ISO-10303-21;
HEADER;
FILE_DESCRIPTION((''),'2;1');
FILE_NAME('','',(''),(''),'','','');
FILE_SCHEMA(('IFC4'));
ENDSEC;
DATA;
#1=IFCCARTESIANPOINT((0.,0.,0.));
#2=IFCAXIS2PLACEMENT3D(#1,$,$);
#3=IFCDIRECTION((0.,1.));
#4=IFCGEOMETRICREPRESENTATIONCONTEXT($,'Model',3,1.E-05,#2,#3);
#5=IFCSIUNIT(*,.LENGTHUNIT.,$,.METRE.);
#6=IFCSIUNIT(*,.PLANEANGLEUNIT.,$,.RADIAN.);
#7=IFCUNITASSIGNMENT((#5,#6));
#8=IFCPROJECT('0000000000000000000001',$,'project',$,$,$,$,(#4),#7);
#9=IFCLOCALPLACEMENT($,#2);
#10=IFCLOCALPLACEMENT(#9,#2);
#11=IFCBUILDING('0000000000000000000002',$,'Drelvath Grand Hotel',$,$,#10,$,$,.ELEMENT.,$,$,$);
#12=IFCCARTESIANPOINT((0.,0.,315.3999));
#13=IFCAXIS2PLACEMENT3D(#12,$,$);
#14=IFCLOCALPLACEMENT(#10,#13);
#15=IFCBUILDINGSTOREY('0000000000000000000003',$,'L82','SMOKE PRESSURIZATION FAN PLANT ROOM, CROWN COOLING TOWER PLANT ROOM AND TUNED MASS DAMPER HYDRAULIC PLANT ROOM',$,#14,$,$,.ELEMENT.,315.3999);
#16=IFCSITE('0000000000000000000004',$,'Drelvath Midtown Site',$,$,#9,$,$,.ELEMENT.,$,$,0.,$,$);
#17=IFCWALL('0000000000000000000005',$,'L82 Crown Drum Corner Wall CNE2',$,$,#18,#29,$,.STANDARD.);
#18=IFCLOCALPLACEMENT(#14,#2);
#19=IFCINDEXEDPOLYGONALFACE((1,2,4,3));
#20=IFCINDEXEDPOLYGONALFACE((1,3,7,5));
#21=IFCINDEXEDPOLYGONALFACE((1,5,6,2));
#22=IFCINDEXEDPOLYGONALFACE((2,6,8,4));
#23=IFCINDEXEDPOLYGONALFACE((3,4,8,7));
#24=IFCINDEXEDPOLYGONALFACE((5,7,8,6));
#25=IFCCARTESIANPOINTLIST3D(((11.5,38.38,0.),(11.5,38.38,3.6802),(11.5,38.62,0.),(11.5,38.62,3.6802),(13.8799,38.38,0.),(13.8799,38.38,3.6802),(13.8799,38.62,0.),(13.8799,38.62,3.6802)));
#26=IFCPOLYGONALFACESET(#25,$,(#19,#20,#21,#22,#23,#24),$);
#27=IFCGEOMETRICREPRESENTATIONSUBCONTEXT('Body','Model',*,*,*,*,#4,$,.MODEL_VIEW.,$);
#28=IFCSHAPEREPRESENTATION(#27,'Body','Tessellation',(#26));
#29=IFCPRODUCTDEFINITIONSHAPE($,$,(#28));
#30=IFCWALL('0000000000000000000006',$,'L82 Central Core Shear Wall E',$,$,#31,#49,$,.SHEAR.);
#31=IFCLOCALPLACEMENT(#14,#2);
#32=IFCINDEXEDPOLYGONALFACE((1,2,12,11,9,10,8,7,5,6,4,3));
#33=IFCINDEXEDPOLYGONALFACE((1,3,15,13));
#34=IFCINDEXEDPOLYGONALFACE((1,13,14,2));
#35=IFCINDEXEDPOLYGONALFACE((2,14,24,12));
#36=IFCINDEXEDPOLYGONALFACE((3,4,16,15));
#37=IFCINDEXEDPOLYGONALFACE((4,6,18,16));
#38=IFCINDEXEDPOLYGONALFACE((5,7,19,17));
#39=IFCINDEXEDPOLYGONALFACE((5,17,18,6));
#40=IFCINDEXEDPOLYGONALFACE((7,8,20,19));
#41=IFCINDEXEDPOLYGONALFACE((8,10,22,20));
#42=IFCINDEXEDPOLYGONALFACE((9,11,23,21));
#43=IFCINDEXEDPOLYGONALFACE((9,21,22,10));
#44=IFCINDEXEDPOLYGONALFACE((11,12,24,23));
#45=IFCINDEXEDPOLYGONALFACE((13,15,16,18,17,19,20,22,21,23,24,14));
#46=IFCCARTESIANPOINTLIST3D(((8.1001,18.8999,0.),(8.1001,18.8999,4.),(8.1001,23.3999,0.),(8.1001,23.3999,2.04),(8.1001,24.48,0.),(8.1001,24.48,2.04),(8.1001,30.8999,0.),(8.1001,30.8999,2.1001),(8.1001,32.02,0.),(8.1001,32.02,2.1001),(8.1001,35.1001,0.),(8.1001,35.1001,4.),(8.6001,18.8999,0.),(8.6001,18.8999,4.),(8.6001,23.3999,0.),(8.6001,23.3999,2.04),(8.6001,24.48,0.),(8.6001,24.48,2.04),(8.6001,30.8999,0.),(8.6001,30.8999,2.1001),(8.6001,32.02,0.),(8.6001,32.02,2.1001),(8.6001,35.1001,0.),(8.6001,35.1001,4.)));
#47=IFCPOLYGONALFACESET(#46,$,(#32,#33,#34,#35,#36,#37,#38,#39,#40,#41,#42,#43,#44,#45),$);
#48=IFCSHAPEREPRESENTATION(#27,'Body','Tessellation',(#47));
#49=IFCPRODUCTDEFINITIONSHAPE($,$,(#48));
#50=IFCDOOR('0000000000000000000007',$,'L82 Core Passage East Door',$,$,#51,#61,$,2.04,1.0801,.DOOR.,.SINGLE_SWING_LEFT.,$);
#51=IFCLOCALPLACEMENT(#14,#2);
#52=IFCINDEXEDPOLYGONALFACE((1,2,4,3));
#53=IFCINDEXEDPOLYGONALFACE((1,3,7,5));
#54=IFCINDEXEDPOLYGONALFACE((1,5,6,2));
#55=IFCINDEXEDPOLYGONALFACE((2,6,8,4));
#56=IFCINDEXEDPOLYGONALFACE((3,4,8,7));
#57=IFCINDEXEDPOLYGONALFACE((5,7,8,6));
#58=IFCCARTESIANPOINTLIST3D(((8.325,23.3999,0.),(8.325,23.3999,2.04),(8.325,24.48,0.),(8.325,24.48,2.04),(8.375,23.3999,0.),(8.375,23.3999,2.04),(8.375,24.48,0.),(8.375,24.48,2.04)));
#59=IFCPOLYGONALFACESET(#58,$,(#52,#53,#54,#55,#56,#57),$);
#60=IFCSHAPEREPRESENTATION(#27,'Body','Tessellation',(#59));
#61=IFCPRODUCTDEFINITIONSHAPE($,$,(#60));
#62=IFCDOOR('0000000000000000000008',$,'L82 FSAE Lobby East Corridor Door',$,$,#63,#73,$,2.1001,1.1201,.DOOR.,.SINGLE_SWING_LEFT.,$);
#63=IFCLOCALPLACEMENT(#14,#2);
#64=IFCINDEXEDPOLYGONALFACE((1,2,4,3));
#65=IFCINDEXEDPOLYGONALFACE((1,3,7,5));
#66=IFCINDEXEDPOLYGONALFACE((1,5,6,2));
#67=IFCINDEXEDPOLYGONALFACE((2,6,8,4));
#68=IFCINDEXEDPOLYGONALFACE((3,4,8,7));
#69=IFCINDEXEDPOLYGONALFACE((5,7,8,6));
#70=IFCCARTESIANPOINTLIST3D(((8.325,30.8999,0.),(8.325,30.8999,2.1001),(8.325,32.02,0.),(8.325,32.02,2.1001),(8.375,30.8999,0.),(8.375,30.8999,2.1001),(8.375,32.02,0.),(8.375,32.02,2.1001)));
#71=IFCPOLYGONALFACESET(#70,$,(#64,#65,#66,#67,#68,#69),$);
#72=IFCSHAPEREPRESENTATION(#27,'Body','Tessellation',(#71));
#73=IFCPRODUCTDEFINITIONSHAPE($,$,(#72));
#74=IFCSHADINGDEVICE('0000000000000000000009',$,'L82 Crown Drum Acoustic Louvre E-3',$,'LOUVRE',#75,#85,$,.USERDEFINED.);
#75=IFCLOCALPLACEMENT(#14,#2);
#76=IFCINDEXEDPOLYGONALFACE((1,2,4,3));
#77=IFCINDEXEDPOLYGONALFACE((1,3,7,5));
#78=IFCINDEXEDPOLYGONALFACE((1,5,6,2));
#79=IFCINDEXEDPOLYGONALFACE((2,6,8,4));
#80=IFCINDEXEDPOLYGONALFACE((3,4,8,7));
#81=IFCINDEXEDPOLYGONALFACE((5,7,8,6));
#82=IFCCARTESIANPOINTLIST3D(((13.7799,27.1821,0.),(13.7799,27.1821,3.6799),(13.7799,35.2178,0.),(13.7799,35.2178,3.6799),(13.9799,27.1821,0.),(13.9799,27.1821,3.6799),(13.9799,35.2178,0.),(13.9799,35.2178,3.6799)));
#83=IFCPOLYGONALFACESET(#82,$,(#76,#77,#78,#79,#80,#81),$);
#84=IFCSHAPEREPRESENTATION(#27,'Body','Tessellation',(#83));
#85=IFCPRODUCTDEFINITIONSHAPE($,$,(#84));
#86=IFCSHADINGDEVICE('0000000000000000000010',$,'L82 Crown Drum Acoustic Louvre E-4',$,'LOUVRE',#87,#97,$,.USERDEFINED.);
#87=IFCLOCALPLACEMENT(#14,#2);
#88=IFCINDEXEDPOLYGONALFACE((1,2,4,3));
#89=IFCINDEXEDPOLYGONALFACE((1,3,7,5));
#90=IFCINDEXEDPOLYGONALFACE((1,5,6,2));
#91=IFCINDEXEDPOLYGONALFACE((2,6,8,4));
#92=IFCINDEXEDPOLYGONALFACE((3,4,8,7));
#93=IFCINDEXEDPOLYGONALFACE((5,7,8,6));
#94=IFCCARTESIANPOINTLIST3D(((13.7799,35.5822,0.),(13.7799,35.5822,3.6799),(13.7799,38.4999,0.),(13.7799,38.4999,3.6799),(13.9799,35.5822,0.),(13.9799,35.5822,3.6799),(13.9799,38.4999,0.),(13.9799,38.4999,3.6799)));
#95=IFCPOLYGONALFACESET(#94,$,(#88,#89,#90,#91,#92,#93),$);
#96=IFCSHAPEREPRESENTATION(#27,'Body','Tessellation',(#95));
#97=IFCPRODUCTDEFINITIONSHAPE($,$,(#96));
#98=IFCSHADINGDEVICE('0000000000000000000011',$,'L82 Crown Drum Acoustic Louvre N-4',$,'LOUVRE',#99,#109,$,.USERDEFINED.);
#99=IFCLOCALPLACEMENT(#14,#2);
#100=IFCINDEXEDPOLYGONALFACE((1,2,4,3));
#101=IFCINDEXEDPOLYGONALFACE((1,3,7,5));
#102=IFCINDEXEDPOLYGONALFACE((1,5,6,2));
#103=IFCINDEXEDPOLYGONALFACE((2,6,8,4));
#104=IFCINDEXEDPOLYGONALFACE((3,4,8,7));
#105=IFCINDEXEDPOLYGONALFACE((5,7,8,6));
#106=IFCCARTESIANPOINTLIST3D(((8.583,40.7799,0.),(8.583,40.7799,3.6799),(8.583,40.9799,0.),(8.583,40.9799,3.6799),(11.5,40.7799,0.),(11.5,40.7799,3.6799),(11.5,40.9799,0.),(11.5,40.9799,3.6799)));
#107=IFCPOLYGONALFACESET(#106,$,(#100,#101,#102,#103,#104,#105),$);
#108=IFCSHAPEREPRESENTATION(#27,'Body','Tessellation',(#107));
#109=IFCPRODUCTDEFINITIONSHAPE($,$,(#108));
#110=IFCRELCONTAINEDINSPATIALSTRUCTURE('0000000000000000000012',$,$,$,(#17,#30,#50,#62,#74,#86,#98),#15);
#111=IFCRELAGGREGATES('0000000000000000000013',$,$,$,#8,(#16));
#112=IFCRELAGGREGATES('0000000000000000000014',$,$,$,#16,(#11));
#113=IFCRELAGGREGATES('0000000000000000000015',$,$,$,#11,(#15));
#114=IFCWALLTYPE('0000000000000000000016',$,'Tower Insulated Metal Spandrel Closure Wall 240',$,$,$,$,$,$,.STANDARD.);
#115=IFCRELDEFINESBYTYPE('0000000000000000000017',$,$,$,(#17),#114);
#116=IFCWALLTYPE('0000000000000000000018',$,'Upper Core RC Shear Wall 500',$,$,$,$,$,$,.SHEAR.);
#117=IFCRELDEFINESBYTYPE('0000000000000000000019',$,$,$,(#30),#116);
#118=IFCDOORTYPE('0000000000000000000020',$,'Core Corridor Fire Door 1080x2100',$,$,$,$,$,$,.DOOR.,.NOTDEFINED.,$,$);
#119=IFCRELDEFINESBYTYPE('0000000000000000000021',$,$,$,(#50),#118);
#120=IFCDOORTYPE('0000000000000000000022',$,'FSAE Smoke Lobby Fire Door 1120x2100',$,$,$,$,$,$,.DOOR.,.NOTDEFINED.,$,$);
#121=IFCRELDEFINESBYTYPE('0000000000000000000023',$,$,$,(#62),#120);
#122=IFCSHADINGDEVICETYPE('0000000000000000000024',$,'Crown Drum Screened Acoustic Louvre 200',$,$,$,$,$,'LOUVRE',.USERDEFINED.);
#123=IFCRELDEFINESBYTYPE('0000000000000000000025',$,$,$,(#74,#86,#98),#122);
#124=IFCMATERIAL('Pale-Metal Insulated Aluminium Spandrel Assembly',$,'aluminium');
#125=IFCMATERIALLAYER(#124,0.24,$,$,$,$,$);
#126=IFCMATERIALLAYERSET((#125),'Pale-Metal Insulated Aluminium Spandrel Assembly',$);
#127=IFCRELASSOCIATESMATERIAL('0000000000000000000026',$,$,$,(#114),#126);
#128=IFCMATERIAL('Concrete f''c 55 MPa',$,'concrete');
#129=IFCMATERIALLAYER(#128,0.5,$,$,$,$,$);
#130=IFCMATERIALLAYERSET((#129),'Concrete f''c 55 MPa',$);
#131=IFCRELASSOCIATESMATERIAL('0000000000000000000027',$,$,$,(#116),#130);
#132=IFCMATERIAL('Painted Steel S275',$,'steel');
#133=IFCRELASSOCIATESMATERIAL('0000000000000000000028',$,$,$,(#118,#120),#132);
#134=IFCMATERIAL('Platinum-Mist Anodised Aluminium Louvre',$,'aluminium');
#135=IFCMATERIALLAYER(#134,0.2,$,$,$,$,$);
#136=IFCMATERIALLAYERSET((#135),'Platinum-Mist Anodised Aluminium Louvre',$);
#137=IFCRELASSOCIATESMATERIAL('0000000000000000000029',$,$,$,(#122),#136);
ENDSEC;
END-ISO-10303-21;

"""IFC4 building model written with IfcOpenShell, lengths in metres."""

from ifc_helpers import new_model, si_unit, direction, frame, frame_2d, origin, origin_2d, place, context, subcontext, project, spatial, rectangle, extrude, material, layer, layer_set, type_object, element, fill, save


model = new_model("IFC4")

# Units and contexts
model_context = context("Model", 3, precision=1e-05, world=origin(), true_north=direction((0.0, 1.0)))
body_context = subcontext(model_context, "Body", "Model", "MODEL_VIEW")
ifc_project = project(units=[si_unit("LENGTHUNIT", "METRE"), si_unit("PLANEANGLEUNIT", "RADIAN")], contexts=[model_context])

# Site, building, storey
site_placement = place(None, origin())
site = spatial("IfcSite", under=ifc_project, at=site_placement, Name="Drelvath Midtown Site", CompositionType="ELEMENT", RefElevation=0.0)
building_placement = place(site_placement, origin())
building = spatial("IfcBuilding", under=site, at=building_placement, Name="Drelvath Grand Hotel", CompositionType="ELEMENT")
storey_placement = place(building_placement, frame((0.0, 0.0, 315.3999)))
storey = spatial("IfcBuildingStorey", under=building, at=storey_placement, Name="L82", Description="SMOKE PRESSURIZATION FAN PLANT ROOM, CROWN COOLING TOWER PLANT ROOM AND TUNED MASS DAMPER HYDRAULIC PLANT ROOM", CompositionType="ELEMENT", Elevation=315.3999)

# Shared definitions
ifc_material_1 = material(Name="Concrete f'c 55 MPa", Category="concrete")

# Shared definitions
ifc_material_2 = material(Name="Painted Steel S275", Category="steel")

# Wall
ifc_material_3 = material(Name="Pale-Metal Insulated Aluminium Spandrel Assembly", Category="aluminium")
ifc_layer_1 = layer(ifc_material_3, 0.24)
ifc_layer_set_1 = layer_set([ifc_layer_1], Name="Pale-Metal Insulated Aluminium Spandrel Assembly")
wall_type_1 = type_object("IfcWallType", Name="Tower Insulated Metal Spandrel Closure Wall 240", PredefinedType="STANDARD", material=ifc_layer_set_1)
for number, where, z_axis, x_axis, name in (
    (1, (11.5, 38.5, 0.0), (0.0, 0.0, 1.0), (1.0, 0.0, 0.0), "L82 Crown Drum Corner Wall CNE2"),
):
    element("IfcWall", number, at=place(storey_placement, frame(where, z_axis=z_axis, x_axis=x_axis)), inside=storey, type_object=wall_type_1, Name=name, PredefinedType="STANDARD", context=body_context, shape_type="SweptSolid", body=[
        extrude(rectangle(XDim=2.3799, YDim=0.24, at=frame_2d((1.1899, 0.0))), origin(), (0.0, 0.0, 1.0), 3.6802),
    ])

# Wall, openings, doors
ifc_layer_2 = layer(ifc_material_1, 0.5)
ifc_layer_set_2 = layer_set([ifc_layer_2], Name="Concrete f'c 55 MPa")
wall_type_2 = type_object("IfcWallType", Name="Upper Core RC Shear Wall 500", PredefinedType="SHEAR", material=ifc_layer_set_2)
wall_1_placement = place(storey_placement, frame((8.3501, 35.1001, 0.0), z_axis=(0.0, 0.0, 1.0), x_axis=(0.0, -1.0, 0.0)))
wall_1 = element("IfcWall", 2, at=wall_1_placement, inside=storey, type_object=wall_type_2, Name="L82 Central Core Shear Wall E", PredefinedType="SHEAR", context=body_context, shape_type="SweptSolid", body=[
    extrude(rectangle(XDim=16.2002, YDim=0.5, at=frame_2d((8.1001, 0.0))), origin(), (0.0, 0.0, 1.0), 4.0),
])
opening_1_placement = place(wall_1_placement, frame((3.0801, 0.0, 0.0)))
opening_1 = element("IfcOpeningElement", 3, at=opening_1_placement, cuts=wall_1, PredefinedType="OPENING", context=body_context, shape_type="SweptSolid", body=[
    extrude(rectangle(XDim=1.1201, YDim=2.1001, at=frame_2d((0.5601, 1.05))), frame((0.0, 0.26, 0.0), z_axis=(0.0, -1.0, 0.0), x_axis=(1.0, 0.0, 0.0)), (0.0, 0.0, 1.0), 0.52),
])
opening_2_placement = place(wall_1_placement, frame((10.6201, 0.0, 0.0)))
opening_2 = element("IfcOpeningElement", 4, at=opening_2_placement, cuts=wall_1, PredefinedType="OPENING", context=body_context, shape_type="SweptSolid", body=[
    extrude(rectangle(XDim=1.0801, YDim=2.04, at=frame_2d((0.54, 1.02))), frame((0.0, 0.26, 0.0), z_axis=(0.0, -1.0, 0.0), x_axis=(1.0, 0.0, 0.0)), (0.0, 0.0, 1.0), 0.52),
])
door_type_1 = type_object("IfcDoorType", Name="Core Corridor Fire Door 1080x2100", OperationType="NOTDEFINED", PredefinedType="DOOR", material=ifc_material_2)
door_1_placement = place(opening_2_placement, origin())
door_1 = element("IfcDoor", 5, at=door_1_placement, inside=storey, type_object=door_type_1, Name="L82 Core Passage East Door", OperationType="SINGLE_SWING_LEFT", OverallHeight=2.04, OverallWidth=1.0801, PredefinedType="DOOR", context=body_context, shape_type="SweptSolid", body=[
    extrude(rectangle(XDim=1.0801, YDim=2.04, at=frame_2d((0.54, 1.02))), frame((0.0, 0.0249, 0.0), z_axis=(0.0, -1.0, 0.0), x_axis=(1.0, 0.0, 0.0)), (0.0, 0.0, 1.0), 0.05),
])
fill(opening_2, door_1)
door_type_2 = type_object("IfcDoorType", Name="FSAE Smoke Lobby Fire Door 1120x2100", OperationType="NOTDEFINED", PredefinedType="DOOR", material=ifc_material_2)
door_2_placement = place(opening_1_placement, origin())
door_2 = element("IfcDoor", 6, at=door_2_placement, inside=storey, type_object=door_type_2, Name="L82 FSAE Lobby East Corridor Door", OperationType="SINGLE_SWING_LEFT", OverallHeight=2.1001, OverallWidth=1.1201, PredefinedType="DOOR", context=body_context, shape_type="SweptSolid", body=[
    extrude(rectangle(XDim=1.1201, YDim=2.1001, at=frame_2d((0.5601, 1.05))), frame((0.0, 0.0249, 0.0), z_axis=(0.0, -1.0, 0.0), x_axis=(1.0, 0.0, 0.0)), (0.0, 0.0, 1.0), 0.05),
])
fill(opening_1, door_2)

# Shading devices
ifc_material_4 = material(Name="Platinum-Mist Anodised Aluminium Louvre", Category="aluminium")
ifc_layer_3 = layer(ifc_material_4, 0.2)
ifc_layer_set_3 = layer_set([ifc_layer_3], Name="Platinum-Mist Anodised Aluminium Louvre")
shading_device_type = type_object("IfcShadingDeviceType", Name="Crown Drum Screened Acoustic Louvre 200", ElementType="LOUVRE", PredefinedType="USERDEFINED", material=ifc_layer_set_3)
shading_device_1_placement = place(storey_placement, frame((13.8799, 31.2, 0.0), z_axis=(0.0, 0.0, 1.0), x_axis=(0.0, 1.0, 0.0)))
element("IfcShadingDevice", 7, at=shading_device_1_placement, inside=storey, type_object=shading_device_type, Name="L82 Crown Drum Acoustic Louvre E-3", ObjectType="LOUVRE", PredefinedType="USERDEFINED", context=body_context, shape_type="SweptSolid", body=[
    extrude(rectangle(XDim=8.0356, YDim=0.2, at=origin_2d()), origin(), (0.0, 0.0, 1.0), 3.6799),
])
shading_device_2_placement = place(storey_placement, frame((13.8799, 37.041, 0.0), z_axis=(0.0, 0.0, 1.0), x_axis=(0.0, 1.0, 0.0)))
element("IfcShadingDevice", 8, at=shading_device_2_placement, inside=storey, type_object=shading_device_type, Name="L82 Crown Drum Acoustic Louvre E-4", ObjectType="LOUVRE", PredefinedType="USERDEFINED", context=body_context, shape_type="SweptSolid", body=[
    extrude(rectangle(XDim=2.9177, YDim=0.2, at=origin_2d()), origin(), (0.0, 0.0, 1.0), 3.6799),
])
shading_device_3_placement = place(storey_placement, frame((10.0415, 40.8799, 0.0), z_axis=(0.0, 0.0, 1.0), x_axis=(1.0, 0.0, 0.0)))
element("IfcShadingDevice", 9, at=shading_device_3_placement, inside=storey, type_object=shading_device_type, Name="L82 Crown Drum Acoustic Louvre N-4", ObjectType="LOUVRE", PredefinedType="USERDEFINED", context=body_context, shape_type="SweptSolid", body=[
    extrude(rectangle(XDim=2.917, YDim=0.2, at=origin_2d()), origin(), (0.0, 0.0, 1.0), 3.6799),
])

save(model, "model.ifc")
